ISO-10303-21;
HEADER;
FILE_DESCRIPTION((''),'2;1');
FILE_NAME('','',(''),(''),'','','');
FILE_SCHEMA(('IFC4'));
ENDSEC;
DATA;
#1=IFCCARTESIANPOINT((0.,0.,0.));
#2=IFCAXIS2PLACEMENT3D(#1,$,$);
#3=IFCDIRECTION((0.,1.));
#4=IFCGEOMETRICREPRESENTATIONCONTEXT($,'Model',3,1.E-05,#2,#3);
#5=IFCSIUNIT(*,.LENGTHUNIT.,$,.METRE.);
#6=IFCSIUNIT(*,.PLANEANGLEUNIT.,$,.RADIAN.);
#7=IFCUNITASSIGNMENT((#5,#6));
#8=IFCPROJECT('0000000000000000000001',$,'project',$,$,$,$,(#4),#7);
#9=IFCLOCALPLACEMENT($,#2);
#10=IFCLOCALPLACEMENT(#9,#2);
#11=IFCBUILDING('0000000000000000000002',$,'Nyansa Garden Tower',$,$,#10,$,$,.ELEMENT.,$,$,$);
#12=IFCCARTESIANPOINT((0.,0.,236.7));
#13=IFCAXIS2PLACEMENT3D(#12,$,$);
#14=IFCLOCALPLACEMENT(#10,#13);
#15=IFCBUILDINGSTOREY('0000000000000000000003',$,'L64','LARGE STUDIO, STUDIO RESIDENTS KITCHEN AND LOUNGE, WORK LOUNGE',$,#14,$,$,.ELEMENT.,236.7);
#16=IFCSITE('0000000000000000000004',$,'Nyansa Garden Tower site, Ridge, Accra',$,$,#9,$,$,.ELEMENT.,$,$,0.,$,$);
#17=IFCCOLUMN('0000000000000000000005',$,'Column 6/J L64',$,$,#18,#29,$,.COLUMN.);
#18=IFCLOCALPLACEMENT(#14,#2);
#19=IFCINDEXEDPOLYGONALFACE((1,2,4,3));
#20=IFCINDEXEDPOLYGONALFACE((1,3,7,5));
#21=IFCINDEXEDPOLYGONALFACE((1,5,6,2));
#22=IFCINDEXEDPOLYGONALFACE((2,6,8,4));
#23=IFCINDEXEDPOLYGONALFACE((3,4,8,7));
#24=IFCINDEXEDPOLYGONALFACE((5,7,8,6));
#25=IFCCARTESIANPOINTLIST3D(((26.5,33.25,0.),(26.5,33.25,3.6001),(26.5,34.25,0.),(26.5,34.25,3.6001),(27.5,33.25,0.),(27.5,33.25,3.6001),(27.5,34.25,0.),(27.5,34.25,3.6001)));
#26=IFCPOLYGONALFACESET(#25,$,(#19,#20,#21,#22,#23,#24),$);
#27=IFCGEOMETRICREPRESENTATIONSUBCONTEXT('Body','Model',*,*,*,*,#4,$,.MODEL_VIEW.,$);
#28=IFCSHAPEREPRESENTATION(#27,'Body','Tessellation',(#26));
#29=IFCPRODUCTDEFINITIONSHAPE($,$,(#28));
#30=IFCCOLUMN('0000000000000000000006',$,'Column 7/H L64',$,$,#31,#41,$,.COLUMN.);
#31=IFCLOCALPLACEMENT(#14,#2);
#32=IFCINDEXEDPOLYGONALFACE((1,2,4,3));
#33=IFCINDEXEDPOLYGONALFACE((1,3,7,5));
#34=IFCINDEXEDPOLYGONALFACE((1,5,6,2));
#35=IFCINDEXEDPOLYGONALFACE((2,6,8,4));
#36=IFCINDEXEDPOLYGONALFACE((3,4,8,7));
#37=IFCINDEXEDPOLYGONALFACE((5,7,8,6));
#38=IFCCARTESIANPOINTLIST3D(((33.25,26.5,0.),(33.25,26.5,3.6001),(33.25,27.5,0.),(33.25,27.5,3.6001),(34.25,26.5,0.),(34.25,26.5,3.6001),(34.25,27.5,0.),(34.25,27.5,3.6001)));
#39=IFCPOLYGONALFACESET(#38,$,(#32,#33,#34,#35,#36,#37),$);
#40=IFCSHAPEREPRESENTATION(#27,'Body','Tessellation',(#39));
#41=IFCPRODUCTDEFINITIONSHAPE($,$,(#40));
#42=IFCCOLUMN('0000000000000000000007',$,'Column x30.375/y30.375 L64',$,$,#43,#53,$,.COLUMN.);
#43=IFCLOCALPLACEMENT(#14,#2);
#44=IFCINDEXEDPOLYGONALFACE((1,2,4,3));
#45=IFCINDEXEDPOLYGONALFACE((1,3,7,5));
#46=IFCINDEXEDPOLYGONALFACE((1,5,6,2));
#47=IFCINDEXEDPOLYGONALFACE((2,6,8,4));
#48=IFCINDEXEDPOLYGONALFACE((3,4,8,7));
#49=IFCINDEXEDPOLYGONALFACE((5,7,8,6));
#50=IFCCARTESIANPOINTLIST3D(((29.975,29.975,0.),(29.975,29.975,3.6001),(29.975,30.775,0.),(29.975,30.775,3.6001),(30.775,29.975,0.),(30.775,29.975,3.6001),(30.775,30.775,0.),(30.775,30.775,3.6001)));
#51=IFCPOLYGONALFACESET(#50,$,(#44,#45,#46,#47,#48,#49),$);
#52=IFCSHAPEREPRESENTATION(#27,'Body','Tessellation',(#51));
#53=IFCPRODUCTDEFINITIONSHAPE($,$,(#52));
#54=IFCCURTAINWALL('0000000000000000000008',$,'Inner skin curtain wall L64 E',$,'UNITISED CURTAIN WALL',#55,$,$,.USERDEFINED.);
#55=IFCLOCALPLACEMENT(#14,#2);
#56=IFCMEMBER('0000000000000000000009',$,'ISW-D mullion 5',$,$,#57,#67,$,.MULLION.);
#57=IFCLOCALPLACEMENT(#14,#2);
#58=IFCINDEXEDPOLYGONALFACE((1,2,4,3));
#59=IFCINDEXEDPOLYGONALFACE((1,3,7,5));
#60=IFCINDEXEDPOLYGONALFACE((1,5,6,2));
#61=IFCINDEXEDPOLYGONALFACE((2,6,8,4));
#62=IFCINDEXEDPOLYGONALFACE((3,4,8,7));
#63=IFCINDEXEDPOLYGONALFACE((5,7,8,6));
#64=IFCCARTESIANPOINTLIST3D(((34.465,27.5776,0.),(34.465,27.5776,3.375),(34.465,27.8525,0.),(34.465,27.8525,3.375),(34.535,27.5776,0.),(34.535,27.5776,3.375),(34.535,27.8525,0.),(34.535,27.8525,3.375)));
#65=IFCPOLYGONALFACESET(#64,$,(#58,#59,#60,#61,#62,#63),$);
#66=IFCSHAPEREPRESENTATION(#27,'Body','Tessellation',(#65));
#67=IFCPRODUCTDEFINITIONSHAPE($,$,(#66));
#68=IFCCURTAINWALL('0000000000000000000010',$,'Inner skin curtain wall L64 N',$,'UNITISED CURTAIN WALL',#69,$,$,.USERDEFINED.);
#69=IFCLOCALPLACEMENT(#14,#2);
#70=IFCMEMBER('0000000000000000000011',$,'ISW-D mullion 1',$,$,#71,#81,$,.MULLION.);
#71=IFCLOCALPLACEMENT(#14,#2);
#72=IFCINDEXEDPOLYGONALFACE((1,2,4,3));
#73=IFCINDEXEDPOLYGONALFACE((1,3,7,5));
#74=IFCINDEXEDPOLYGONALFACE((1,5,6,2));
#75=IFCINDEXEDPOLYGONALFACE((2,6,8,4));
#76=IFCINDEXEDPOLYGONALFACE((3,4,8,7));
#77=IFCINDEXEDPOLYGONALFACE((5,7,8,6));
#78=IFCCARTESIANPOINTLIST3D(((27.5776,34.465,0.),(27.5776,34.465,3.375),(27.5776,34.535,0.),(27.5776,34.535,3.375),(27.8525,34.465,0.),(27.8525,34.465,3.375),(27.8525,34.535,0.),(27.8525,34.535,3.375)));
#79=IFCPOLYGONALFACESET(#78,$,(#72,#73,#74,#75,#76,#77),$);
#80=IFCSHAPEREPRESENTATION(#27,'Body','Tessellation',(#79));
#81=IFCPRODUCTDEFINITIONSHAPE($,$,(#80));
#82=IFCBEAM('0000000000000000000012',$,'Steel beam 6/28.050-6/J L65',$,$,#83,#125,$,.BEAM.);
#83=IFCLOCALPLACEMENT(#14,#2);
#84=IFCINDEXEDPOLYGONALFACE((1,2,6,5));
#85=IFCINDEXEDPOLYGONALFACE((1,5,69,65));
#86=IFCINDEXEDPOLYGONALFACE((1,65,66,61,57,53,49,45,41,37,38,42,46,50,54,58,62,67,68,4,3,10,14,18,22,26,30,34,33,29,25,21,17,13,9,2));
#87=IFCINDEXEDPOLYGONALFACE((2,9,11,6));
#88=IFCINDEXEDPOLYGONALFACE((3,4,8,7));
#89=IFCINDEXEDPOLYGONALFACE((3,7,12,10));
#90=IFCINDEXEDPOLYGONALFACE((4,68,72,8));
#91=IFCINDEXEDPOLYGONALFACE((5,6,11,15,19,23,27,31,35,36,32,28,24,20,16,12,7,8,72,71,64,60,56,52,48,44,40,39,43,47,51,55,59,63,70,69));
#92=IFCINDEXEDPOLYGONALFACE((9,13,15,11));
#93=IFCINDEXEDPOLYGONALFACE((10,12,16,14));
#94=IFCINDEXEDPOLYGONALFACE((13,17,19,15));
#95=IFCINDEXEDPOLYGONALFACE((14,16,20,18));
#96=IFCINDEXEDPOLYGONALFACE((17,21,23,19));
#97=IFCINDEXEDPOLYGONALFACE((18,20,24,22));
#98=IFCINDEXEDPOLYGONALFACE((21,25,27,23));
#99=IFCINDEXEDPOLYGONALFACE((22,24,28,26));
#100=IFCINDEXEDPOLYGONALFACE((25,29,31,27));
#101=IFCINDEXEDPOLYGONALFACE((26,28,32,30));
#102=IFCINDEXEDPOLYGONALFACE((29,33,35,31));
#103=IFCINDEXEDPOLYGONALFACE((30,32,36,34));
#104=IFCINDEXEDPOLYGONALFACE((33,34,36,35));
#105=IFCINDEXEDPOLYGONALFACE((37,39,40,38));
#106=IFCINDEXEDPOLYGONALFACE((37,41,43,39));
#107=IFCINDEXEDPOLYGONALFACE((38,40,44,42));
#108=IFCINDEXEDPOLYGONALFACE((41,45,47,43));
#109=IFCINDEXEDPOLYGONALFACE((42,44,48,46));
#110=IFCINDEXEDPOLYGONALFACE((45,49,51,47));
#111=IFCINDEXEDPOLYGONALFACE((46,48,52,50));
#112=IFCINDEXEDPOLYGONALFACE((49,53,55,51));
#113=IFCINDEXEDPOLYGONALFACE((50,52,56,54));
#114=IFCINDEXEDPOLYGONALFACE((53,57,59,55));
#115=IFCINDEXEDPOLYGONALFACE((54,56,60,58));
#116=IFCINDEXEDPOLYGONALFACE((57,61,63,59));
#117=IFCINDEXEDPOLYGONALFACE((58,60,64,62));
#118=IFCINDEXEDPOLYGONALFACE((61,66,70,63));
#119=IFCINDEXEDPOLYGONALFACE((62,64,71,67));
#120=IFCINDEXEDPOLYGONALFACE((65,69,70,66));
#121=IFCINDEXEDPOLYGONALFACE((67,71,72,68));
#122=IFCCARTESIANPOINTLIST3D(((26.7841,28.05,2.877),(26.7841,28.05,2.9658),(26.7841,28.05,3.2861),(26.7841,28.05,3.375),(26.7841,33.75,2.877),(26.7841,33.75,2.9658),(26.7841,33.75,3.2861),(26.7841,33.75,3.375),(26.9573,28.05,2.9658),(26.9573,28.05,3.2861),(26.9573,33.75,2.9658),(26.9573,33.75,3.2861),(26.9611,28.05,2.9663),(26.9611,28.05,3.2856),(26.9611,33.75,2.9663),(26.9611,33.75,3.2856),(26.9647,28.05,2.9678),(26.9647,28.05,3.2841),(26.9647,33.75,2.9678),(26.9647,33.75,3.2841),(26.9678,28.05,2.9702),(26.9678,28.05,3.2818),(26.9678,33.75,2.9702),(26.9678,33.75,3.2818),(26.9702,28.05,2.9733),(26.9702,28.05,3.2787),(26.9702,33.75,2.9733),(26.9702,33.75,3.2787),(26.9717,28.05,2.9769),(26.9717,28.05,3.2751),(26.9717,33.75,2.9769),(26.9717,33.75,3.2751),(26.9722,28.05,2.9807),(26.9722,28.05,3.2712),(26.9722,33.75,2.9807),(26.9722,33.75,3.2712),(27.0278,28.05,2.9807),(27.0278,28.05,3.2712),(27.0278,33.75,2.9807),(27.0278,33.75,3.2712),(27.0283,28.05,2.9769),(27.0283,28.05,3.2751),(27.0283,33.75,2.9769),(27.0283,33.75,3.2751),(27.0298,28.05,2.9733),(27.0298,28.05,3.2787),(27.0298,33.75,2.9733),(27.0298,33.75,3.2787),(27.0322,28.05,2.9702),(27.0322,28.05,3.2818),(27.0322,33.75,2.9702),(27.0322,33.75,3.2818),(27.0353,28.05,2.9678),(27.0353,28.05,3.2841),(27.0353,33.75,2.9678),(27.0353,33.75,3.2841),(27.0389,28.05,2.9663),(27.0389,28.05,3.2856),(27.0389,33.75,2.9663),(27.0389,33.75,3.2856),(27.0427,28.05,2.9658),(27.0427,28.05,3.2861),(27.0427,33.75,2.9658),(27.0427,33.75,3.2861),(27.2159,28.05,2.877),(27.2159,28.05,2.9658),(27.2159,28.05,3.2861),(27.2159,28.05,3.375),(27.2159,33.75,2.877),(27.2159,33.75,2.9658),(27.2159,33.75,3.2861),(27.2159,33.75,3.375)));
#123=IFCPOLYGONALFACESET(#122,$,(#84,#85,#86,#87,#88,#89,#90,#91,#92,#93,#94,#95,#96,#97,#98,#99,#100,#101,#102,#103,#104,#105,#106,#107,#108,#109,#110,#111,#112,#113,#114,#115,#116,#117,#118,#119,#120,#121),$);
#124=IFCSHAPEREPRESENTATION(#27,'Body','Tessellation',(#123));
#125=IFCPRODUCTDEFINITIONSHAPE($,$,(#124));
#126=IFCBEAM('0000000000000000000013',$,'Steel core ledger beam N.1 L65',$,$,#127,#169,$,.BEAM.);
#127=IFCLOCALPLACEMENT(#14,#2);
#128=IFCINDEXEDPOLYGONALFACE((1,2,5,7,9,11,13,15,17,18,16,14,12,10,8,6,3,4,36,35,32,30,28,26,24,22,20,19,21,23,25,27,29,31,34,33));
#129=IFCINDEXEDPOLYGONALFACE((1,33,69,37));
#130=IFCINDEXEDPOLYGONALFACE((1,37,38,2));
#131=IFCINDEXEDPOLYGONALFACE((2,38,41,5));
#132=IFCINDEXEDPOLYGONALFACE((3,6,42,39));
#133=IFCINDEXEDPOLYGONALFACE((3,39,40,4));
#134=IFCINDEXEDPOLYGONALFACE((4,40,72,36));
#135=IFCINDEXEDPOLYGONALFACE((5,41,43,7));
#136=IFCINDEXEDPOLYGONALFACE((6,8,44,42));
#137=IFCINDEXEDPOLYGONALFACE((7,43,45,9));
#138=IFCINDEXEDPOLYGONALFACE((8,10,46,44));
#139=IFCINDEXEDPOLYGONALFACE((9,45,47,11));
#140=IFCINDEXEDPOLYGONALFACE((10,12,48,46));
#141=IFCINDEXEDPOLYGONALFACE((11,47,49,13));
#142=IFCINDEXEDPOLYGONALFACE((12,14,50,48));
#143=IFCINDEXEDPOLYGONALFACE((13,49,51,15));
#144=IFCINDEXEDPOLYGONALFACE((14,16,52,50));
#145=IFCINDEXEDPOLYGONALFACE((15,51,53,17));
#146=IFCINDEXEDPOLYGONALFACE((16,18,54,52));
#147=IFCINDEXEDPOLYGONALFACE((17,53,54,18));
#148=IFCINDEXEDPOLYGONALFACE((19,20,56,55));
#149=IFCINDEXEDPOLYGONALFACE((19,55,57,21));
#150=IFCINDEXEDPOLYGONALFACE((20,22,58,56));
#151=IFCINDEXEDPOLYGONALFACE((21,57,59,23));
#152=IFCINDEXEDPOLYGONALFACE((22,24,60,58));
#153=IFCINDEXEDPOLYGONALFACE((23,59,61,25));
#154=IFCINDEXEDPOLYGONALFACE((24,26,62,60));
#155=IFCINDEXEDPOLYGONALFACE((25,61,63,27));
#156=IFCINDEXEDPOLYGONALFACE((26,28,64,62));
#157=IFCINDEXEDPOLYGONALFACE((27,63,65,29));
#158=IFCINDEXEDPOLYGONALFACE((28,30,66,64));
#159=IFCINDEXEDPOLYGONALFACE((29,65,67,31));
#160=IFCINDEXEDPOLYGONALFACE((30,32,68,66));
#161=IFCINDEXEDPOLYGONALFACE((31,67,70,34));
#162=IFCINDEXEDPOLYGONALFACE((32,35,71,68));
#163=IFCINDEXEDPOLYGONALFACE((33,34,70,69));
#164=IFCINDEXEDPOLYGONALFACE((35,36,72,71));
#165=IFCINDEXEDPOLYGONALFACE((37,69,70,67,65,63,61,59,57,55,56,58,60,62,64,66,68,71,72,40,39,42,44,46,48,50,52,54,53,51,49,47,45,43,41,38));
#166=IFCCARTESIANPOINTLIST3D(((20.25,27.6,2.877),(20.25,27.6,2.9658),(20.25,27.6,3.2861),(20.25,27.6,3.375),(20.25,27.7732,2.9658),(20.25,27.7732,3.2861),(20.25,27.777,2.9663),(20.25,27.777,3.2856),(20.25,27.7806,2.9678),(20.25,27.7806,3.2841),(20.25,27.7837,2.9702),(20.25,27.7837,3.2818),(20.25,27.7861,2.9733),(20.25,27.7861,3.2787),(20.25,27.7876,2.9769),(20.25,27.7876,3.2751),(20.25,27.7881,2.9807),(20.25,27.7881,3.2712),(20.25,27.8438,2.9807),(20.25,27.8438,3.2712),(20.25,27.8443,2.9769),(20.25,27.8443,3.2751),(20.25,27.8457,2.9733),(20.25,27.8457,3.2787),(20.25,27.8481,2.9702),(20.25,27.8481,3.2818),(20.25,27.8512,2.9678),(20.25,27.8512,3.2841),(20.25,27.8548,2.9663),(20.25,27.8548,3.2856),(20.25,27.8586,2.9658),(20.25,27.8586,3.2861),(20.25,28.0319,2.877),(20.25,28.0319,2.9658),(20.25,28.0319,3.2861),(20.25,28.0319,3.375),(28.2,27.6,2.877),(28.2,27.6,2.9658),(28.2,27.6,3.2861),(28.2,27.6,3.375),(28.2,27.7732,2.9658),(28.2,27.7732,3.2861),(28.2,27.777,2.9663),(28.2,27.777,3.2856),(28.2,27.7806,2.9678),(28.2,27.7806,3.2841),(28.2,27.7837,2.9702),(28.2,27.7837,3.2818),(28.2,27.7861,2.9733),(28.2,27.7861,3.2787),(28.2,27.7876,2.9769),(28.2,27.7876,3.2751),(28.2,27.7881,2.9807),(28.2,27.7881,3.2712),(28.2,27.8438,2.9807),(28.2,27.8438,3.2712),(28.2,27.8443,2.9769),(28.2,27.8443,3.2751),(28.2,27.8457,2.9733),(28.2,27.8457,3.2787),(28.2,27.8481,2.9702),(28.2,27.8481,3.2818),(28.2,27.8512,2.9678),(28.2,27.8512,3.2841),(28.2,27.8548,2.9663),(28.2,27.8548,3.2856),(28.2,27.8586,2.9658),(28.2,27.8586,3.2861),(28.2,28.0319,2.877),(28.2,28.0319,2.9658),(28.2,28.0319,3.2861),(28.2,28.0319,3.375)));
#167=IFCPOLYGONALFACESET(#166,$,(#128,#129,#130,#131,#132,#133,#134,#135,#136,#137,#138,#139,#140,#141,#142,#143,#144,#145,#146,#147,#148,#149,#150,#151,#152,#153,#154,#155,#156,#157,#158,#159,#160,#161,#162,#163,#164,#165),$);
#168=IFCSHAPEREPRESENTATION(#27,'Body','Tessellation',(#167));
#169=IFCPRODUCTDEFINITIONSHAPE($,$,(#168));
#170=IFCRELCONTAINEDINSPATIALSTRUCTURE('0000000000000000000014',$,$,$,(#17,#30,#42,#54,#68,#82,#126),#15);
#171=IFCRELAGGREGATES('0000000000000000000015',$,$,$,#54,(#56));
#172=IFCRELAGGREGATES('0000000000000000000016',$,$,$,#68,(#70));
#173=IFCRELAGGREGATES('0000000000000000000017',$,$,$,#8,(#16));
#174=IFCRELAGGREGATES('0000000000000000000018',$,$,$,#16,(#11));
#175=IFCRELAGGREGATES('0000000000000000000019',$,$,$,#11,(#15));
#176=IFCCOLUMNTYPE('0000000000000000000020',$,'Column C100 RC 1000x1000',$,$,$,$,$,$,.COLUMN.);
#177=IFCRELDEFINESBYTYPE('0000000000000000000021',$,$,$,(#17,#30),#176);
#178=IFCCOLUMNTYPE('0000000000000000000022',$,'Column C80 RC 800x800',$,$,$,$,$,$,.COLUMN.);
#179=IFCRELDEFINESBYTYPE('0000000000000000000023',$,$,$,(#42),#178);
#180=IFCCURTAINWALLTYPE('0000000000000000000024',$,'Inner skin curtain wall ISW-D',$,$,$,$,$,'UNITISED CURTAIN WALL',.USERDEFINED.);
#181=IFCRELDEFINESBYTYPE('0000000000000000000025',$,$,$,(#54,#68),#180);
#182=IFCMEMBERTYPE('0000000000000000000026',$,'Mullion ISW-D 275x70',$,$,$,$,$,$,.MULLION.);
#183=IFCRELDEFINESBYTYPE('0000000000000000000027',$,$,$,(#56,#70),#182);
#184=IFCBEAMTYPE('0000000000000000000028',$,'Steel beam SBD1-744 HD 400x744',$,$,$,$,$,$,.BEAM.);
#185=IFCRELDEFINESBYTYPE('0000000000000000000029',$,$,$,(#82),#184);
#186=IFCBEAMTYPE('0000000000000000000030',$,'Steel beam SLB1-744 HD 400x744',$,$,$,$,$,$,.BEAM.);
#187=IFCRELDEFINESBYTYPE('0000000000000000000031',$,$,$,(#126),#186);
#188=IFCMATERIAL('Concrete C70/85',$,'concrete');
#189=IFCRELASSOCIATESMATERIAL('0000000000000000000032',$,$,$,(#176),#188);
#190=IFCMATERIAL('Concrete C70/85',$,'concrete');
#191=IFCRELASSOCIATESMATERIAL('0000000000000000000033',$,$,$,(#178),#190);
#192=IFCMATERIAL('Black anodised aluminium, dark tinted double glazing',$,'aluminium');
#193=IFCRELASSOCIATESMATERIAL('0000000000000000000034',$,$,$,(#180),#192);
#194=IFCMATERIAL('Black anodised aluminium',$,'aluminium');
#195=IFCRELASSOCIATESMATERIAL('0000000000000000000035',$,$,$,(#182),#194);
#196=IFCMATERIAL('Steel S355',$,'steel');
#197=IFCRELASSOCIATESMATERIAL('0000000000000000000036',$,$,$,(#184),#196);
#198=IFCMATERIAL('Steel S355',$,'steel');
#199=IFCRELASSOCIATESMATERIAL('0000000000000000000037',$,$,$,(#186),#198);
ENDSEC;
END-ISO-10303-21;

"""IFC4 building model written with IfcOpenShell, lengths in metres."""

from ifc_helpers import new_model, si_unit, direction, frame, origin, origin_2d, place, context, subcontext, project, spatial, rectangle, i_section, extrude, material, material_profile, profile_set, type_object, element, aggregate, save


model = new_model("IFC4")

# Units and contexts
model_context = context("Model", 3, precision=1e-05, world=origin(), true_north=direction((0.0, 1.0)))
body_context = subcontext(model_context, "Body", "Model", "MODEL_VIEW")
ifc_project = project(units=[si_unit("LENGTHUNIT", "METRE"), si_unit("PLANEANGLEUNIT", "RADIAN")], contexts=[model_context])

# Site, building, storey
site_placement = place(None, origin())
site = spatial("IfcSite", under=ifc_project, at=site_placement, Name="Nyansa Garden Tower site, Ridge, Accra", CompositionType="ELEMENT", RefElevation=0.0)
building_placement = place(site_placement, origin())
building = spatial("IfcBuilding", under=site, at=building_placement, Name="Nyansa Garden Tower", CompositionType="ELEMENT")
storey_placement = place(building_placement, frame((0.0, 0.0, 236.7)))
storey = spatial("IfcBuildingStorey", under=building, at=storey_placement, Name="L64", Description="LARGE STUDIO, STUDIO RESIDENTS KITCHEN AND LOUNGE, WORK LOUNGE", CompositionType="ELEMENT", Elevation=236.7)

# Columns
ifc_material_1 = material(Name="Concrete C70/85", Category="concrete")
ifc_material_profile_1 = material_profile(ifc_material_1, rectangle(XDim=1.0, YDim=1.0, at=origin_2d()), Name="RC 1000x1000")
ifc_profile_set_1 = profile_set([ifc_material_profile_1], Name="Concrete C70/85")
column_type_1 = type_object("IfcColumnType", Name="Column C100 RC 1000x1000", PredefinedType="COLUMN", material=ifc_profile_set_1)
for number, where, z_axis, x_axis, name in (
    (1, (27.0, 33.75, 0.0), (0.0, 0.0, 1.0), (1.0, 0.0, 0.0), "Column 6/J L64"),
    (2, (33.75, 27.0, 0.0), (0.0, 0.0, 1.0), (1.0, 0.0, 0.0), "Column 7/H L64"),
):
    element("IfcColumn", number, at=place(storey_placement, frame(where, z_axis=z_axis, x_axis=x_axis)), inside=storey, type_object=column_type_1, Name=name, PredefinedType="COLUMN", context=body_context, shape_type="SweptSolid", body=[
        extrude(rectangle(XDim=1.0, YDim=1.0, at=origin_2d()), origin(), (0.0, 0.0, 1.0), 3.6001),
    ])
ifc_material_2 = material(Name="Concrete C70/85", Category="concrete")
ifc_material_profile_2 = material_profile(ifc_material_2, rectangle(XDim=0.8, YDim=0.8, at=origin_2d()), Name="RC 800x800")
ifc_profile_set_2 = profile_set([ifc_material_profile_2], Name="Concrete C70/85")
column_type_2 = type_object("IfcColumnType", Name="Column C80 RC 800x800", PredefinedType="COLUMN", material=ifc_profile_set_2)
column_placement = place(storey_placement, frame((30.375, 30.375, 0.0), z_axis=(0.0, 0.0, 1.0), x_axis=(1.0, 0.0, 0.0)))
element("IfcColumn", 3, at=column_placement, inside=storey, type_object=column_type_2, Name="Column x30.375/y30.375 L64", PredefinedType="COLUMN", context=body_context, shape_type="SweptSolid", body=[
    extrude(rectangle(XDim=0.8, YDim=0.8, at=origin_2d()), origin(), (0.0, 0.0, 1.0), 3.6001),
])

# Curtain walls, members
ifc_material_3 = material(Name="Black anodised aluminium, dark tinted double glazing", Category="aluminium")
curtain_wall_type = type_object("IfcCurtainWallType", Name="Inner skin curtain wall ISW-D", ElementType="UNITISED CURTAIN WALL", PredefinedType="USERDEFINED", material=ifc_material_3)
curtain_wall_1_placement = place(storey_placement, origin())
curtain_wall_1 = element("IfcCurtainWall", 4, at=curtain_wall_1_placement, inside=storey, type_object=curtain_wall_type, Name="Inner skin curtain wall L64 E", ObjectType="UNITISED CURTAIN WALL", PredefinedType="USERDEFINED")
ifc_material_4 = material(Name="Black anodised aluminium", Category="aluminium")
ifc_material_profile_3 = material_profile(ifc_material_4, rectangle(XDim=0.0701, YDim=0.2749, at=origin_2d()), Name="Mullion 275x70")
ifc_profile_set_3 = profile_set([ifc_material_profile_3], Name="Black anodised aluminium")
member_type_1 = type_object("IfcMemberType", Name="Mullion ISW-D 275x70", PredefinedType="MULLION", material=ifc_profile_set_3)
member_1_placement = place(storey_placement, frame((34.5, 27.7151, 0.0), z_axis=(0.0, 0.0, 1.0), x_axis=(-1.0, 0.0, 0.0)))
member_1 = element("IfcMember", 5, at=member_1_placement, type_object=member_type_1, Name="ISW-D mullion 5", PredefinedType="MULLION", context=body_context, shape_type="SweptSolid", body=[
    extrude(rectangle(XDim=0.0701, YDim=0.2749, at=origin_2d()), origin(), (0.0, 0.0, 1.0), 3.375),
])
aggregate(curtain_wall_1, [member_1])
curtain_wall_2_placement = place(storey_placement, origin())
curtain_wall_2 = element("IfcCurtainWall", 6, at=curtain_wall_2_placement, inside=storey, type_object=curtain_wall_type, Name="Inner skin curtain wall L64 N", ObjectType="UNITISED CURTAIN WALL", PredefinedType="USERDEFINED")
member_2_placement = place(storey_placement, frame((27.7151, 34.5, 0.0), z_axis=(0.0, 0.0, 1.0), x_axis=(0.0, -1.0, 0.0)))
member_2 = element("IfcMember", 7, at=member_2_placement, type_object=member_type_1, Name="ISW-D mullion 1", PredefinedType="MULLION", context=body_context, shape_type="SweptSolid", body=[
    extrude(rectangle(XDim=0.0701, YDim=0.2749, at=origin_2d()), origin(), (0.0, 0.0, 1.0), 3.375),
])

# Beams
ifc_material_5 = material(Name="Steel S355", Category="steel")
ifc_material_profile_4 = material_profile(ifc_material_5, i_section(OverallWidth=0.4319, OverallDepth=0.498, WebThickness=0.0557, FlangeThickness=0.0889, FilletRadius=0.0149, at=origin_2d()), Name="HD 400x744")
ifc_profile_set_4 = profile_set([ifc_material_profile_4], Name="Steel S355")
beam_type_1 = type_object("IfcBeamType", Name="Steel beam SBD1-744 HD 400x744", PredefinedType="BEAM", material=ifc_profile_set_4)
beam_1_placement = place(storey_placement, frame((27.0, 28.05, 3.126), z_axis=(0.0, 1.0, 0.0), x_axis=(-1.0, 0.0, 0.0)))
element("IfcBeam", 8, at=beam_1_placement, inside=storey, type_object=beam_type_1, Name="Steel beam 6/28.050-6/J L65", PredefinedType="BEAM", context=body_context, shape_type="SweptSolid", body=[
    extrude(i_section(OverallWidth=0.4319, OverallDepth=0.498, WebThickness=0.0557, FlangeThickness=0.0889, FilletRadius=0.0149, at=origin_2d()), origin(), (0.0, 0.0, 1.0), 5.7),
])
ifc_material_6 = material(Name="Steel S355", Category="steel")
ifc_material_profile_5 = material_profile(ifc_material_6, i_section(OverallWidth=0.4319, OverallDepth=0.498, WebThickness=0.0557, FlangeThickness=0.0889, FilletRadius=0.0149, at=origin_2d()), Name="HD 400x744")
ifc_profile_set_5 = profile_set([ifc_material_profile_5], Name="Steel S355")
beam_type_2 = type_object("IfcBeamType", Name="Steel beam SLB1-744 HD 400x744", PredefinedType="BEAM", material=ifc_profile_set_5)
beam_2_placement = place(storey_placement, frame((28.2, 27.8159, 3.126), z_axis=(-1.0, 0.0, 0.0), x_axis=(0.0, -1.0, 0.0)))
element("IfcBeam", 9, at=beam_2_placement, inside=storey, type_object=beam_type_2, Name="Steel core ledger beam N.1 L65", PredefinedType="BEAM", context=body_context, shape_type="SweptSolid", body=[
    extrude(i_section(OverallWidth=0.4319, OverallDepth=0.498, WebThickness=0.0557, FlangeThickness=0.0889, FilletRadius=0.0149, at=origin_2d()), origin(), (0.0, 0.0, 1.0), 7.95),
])

aggregate(curtain_wall_2, [member_2])

save(model, "model.ifc")
